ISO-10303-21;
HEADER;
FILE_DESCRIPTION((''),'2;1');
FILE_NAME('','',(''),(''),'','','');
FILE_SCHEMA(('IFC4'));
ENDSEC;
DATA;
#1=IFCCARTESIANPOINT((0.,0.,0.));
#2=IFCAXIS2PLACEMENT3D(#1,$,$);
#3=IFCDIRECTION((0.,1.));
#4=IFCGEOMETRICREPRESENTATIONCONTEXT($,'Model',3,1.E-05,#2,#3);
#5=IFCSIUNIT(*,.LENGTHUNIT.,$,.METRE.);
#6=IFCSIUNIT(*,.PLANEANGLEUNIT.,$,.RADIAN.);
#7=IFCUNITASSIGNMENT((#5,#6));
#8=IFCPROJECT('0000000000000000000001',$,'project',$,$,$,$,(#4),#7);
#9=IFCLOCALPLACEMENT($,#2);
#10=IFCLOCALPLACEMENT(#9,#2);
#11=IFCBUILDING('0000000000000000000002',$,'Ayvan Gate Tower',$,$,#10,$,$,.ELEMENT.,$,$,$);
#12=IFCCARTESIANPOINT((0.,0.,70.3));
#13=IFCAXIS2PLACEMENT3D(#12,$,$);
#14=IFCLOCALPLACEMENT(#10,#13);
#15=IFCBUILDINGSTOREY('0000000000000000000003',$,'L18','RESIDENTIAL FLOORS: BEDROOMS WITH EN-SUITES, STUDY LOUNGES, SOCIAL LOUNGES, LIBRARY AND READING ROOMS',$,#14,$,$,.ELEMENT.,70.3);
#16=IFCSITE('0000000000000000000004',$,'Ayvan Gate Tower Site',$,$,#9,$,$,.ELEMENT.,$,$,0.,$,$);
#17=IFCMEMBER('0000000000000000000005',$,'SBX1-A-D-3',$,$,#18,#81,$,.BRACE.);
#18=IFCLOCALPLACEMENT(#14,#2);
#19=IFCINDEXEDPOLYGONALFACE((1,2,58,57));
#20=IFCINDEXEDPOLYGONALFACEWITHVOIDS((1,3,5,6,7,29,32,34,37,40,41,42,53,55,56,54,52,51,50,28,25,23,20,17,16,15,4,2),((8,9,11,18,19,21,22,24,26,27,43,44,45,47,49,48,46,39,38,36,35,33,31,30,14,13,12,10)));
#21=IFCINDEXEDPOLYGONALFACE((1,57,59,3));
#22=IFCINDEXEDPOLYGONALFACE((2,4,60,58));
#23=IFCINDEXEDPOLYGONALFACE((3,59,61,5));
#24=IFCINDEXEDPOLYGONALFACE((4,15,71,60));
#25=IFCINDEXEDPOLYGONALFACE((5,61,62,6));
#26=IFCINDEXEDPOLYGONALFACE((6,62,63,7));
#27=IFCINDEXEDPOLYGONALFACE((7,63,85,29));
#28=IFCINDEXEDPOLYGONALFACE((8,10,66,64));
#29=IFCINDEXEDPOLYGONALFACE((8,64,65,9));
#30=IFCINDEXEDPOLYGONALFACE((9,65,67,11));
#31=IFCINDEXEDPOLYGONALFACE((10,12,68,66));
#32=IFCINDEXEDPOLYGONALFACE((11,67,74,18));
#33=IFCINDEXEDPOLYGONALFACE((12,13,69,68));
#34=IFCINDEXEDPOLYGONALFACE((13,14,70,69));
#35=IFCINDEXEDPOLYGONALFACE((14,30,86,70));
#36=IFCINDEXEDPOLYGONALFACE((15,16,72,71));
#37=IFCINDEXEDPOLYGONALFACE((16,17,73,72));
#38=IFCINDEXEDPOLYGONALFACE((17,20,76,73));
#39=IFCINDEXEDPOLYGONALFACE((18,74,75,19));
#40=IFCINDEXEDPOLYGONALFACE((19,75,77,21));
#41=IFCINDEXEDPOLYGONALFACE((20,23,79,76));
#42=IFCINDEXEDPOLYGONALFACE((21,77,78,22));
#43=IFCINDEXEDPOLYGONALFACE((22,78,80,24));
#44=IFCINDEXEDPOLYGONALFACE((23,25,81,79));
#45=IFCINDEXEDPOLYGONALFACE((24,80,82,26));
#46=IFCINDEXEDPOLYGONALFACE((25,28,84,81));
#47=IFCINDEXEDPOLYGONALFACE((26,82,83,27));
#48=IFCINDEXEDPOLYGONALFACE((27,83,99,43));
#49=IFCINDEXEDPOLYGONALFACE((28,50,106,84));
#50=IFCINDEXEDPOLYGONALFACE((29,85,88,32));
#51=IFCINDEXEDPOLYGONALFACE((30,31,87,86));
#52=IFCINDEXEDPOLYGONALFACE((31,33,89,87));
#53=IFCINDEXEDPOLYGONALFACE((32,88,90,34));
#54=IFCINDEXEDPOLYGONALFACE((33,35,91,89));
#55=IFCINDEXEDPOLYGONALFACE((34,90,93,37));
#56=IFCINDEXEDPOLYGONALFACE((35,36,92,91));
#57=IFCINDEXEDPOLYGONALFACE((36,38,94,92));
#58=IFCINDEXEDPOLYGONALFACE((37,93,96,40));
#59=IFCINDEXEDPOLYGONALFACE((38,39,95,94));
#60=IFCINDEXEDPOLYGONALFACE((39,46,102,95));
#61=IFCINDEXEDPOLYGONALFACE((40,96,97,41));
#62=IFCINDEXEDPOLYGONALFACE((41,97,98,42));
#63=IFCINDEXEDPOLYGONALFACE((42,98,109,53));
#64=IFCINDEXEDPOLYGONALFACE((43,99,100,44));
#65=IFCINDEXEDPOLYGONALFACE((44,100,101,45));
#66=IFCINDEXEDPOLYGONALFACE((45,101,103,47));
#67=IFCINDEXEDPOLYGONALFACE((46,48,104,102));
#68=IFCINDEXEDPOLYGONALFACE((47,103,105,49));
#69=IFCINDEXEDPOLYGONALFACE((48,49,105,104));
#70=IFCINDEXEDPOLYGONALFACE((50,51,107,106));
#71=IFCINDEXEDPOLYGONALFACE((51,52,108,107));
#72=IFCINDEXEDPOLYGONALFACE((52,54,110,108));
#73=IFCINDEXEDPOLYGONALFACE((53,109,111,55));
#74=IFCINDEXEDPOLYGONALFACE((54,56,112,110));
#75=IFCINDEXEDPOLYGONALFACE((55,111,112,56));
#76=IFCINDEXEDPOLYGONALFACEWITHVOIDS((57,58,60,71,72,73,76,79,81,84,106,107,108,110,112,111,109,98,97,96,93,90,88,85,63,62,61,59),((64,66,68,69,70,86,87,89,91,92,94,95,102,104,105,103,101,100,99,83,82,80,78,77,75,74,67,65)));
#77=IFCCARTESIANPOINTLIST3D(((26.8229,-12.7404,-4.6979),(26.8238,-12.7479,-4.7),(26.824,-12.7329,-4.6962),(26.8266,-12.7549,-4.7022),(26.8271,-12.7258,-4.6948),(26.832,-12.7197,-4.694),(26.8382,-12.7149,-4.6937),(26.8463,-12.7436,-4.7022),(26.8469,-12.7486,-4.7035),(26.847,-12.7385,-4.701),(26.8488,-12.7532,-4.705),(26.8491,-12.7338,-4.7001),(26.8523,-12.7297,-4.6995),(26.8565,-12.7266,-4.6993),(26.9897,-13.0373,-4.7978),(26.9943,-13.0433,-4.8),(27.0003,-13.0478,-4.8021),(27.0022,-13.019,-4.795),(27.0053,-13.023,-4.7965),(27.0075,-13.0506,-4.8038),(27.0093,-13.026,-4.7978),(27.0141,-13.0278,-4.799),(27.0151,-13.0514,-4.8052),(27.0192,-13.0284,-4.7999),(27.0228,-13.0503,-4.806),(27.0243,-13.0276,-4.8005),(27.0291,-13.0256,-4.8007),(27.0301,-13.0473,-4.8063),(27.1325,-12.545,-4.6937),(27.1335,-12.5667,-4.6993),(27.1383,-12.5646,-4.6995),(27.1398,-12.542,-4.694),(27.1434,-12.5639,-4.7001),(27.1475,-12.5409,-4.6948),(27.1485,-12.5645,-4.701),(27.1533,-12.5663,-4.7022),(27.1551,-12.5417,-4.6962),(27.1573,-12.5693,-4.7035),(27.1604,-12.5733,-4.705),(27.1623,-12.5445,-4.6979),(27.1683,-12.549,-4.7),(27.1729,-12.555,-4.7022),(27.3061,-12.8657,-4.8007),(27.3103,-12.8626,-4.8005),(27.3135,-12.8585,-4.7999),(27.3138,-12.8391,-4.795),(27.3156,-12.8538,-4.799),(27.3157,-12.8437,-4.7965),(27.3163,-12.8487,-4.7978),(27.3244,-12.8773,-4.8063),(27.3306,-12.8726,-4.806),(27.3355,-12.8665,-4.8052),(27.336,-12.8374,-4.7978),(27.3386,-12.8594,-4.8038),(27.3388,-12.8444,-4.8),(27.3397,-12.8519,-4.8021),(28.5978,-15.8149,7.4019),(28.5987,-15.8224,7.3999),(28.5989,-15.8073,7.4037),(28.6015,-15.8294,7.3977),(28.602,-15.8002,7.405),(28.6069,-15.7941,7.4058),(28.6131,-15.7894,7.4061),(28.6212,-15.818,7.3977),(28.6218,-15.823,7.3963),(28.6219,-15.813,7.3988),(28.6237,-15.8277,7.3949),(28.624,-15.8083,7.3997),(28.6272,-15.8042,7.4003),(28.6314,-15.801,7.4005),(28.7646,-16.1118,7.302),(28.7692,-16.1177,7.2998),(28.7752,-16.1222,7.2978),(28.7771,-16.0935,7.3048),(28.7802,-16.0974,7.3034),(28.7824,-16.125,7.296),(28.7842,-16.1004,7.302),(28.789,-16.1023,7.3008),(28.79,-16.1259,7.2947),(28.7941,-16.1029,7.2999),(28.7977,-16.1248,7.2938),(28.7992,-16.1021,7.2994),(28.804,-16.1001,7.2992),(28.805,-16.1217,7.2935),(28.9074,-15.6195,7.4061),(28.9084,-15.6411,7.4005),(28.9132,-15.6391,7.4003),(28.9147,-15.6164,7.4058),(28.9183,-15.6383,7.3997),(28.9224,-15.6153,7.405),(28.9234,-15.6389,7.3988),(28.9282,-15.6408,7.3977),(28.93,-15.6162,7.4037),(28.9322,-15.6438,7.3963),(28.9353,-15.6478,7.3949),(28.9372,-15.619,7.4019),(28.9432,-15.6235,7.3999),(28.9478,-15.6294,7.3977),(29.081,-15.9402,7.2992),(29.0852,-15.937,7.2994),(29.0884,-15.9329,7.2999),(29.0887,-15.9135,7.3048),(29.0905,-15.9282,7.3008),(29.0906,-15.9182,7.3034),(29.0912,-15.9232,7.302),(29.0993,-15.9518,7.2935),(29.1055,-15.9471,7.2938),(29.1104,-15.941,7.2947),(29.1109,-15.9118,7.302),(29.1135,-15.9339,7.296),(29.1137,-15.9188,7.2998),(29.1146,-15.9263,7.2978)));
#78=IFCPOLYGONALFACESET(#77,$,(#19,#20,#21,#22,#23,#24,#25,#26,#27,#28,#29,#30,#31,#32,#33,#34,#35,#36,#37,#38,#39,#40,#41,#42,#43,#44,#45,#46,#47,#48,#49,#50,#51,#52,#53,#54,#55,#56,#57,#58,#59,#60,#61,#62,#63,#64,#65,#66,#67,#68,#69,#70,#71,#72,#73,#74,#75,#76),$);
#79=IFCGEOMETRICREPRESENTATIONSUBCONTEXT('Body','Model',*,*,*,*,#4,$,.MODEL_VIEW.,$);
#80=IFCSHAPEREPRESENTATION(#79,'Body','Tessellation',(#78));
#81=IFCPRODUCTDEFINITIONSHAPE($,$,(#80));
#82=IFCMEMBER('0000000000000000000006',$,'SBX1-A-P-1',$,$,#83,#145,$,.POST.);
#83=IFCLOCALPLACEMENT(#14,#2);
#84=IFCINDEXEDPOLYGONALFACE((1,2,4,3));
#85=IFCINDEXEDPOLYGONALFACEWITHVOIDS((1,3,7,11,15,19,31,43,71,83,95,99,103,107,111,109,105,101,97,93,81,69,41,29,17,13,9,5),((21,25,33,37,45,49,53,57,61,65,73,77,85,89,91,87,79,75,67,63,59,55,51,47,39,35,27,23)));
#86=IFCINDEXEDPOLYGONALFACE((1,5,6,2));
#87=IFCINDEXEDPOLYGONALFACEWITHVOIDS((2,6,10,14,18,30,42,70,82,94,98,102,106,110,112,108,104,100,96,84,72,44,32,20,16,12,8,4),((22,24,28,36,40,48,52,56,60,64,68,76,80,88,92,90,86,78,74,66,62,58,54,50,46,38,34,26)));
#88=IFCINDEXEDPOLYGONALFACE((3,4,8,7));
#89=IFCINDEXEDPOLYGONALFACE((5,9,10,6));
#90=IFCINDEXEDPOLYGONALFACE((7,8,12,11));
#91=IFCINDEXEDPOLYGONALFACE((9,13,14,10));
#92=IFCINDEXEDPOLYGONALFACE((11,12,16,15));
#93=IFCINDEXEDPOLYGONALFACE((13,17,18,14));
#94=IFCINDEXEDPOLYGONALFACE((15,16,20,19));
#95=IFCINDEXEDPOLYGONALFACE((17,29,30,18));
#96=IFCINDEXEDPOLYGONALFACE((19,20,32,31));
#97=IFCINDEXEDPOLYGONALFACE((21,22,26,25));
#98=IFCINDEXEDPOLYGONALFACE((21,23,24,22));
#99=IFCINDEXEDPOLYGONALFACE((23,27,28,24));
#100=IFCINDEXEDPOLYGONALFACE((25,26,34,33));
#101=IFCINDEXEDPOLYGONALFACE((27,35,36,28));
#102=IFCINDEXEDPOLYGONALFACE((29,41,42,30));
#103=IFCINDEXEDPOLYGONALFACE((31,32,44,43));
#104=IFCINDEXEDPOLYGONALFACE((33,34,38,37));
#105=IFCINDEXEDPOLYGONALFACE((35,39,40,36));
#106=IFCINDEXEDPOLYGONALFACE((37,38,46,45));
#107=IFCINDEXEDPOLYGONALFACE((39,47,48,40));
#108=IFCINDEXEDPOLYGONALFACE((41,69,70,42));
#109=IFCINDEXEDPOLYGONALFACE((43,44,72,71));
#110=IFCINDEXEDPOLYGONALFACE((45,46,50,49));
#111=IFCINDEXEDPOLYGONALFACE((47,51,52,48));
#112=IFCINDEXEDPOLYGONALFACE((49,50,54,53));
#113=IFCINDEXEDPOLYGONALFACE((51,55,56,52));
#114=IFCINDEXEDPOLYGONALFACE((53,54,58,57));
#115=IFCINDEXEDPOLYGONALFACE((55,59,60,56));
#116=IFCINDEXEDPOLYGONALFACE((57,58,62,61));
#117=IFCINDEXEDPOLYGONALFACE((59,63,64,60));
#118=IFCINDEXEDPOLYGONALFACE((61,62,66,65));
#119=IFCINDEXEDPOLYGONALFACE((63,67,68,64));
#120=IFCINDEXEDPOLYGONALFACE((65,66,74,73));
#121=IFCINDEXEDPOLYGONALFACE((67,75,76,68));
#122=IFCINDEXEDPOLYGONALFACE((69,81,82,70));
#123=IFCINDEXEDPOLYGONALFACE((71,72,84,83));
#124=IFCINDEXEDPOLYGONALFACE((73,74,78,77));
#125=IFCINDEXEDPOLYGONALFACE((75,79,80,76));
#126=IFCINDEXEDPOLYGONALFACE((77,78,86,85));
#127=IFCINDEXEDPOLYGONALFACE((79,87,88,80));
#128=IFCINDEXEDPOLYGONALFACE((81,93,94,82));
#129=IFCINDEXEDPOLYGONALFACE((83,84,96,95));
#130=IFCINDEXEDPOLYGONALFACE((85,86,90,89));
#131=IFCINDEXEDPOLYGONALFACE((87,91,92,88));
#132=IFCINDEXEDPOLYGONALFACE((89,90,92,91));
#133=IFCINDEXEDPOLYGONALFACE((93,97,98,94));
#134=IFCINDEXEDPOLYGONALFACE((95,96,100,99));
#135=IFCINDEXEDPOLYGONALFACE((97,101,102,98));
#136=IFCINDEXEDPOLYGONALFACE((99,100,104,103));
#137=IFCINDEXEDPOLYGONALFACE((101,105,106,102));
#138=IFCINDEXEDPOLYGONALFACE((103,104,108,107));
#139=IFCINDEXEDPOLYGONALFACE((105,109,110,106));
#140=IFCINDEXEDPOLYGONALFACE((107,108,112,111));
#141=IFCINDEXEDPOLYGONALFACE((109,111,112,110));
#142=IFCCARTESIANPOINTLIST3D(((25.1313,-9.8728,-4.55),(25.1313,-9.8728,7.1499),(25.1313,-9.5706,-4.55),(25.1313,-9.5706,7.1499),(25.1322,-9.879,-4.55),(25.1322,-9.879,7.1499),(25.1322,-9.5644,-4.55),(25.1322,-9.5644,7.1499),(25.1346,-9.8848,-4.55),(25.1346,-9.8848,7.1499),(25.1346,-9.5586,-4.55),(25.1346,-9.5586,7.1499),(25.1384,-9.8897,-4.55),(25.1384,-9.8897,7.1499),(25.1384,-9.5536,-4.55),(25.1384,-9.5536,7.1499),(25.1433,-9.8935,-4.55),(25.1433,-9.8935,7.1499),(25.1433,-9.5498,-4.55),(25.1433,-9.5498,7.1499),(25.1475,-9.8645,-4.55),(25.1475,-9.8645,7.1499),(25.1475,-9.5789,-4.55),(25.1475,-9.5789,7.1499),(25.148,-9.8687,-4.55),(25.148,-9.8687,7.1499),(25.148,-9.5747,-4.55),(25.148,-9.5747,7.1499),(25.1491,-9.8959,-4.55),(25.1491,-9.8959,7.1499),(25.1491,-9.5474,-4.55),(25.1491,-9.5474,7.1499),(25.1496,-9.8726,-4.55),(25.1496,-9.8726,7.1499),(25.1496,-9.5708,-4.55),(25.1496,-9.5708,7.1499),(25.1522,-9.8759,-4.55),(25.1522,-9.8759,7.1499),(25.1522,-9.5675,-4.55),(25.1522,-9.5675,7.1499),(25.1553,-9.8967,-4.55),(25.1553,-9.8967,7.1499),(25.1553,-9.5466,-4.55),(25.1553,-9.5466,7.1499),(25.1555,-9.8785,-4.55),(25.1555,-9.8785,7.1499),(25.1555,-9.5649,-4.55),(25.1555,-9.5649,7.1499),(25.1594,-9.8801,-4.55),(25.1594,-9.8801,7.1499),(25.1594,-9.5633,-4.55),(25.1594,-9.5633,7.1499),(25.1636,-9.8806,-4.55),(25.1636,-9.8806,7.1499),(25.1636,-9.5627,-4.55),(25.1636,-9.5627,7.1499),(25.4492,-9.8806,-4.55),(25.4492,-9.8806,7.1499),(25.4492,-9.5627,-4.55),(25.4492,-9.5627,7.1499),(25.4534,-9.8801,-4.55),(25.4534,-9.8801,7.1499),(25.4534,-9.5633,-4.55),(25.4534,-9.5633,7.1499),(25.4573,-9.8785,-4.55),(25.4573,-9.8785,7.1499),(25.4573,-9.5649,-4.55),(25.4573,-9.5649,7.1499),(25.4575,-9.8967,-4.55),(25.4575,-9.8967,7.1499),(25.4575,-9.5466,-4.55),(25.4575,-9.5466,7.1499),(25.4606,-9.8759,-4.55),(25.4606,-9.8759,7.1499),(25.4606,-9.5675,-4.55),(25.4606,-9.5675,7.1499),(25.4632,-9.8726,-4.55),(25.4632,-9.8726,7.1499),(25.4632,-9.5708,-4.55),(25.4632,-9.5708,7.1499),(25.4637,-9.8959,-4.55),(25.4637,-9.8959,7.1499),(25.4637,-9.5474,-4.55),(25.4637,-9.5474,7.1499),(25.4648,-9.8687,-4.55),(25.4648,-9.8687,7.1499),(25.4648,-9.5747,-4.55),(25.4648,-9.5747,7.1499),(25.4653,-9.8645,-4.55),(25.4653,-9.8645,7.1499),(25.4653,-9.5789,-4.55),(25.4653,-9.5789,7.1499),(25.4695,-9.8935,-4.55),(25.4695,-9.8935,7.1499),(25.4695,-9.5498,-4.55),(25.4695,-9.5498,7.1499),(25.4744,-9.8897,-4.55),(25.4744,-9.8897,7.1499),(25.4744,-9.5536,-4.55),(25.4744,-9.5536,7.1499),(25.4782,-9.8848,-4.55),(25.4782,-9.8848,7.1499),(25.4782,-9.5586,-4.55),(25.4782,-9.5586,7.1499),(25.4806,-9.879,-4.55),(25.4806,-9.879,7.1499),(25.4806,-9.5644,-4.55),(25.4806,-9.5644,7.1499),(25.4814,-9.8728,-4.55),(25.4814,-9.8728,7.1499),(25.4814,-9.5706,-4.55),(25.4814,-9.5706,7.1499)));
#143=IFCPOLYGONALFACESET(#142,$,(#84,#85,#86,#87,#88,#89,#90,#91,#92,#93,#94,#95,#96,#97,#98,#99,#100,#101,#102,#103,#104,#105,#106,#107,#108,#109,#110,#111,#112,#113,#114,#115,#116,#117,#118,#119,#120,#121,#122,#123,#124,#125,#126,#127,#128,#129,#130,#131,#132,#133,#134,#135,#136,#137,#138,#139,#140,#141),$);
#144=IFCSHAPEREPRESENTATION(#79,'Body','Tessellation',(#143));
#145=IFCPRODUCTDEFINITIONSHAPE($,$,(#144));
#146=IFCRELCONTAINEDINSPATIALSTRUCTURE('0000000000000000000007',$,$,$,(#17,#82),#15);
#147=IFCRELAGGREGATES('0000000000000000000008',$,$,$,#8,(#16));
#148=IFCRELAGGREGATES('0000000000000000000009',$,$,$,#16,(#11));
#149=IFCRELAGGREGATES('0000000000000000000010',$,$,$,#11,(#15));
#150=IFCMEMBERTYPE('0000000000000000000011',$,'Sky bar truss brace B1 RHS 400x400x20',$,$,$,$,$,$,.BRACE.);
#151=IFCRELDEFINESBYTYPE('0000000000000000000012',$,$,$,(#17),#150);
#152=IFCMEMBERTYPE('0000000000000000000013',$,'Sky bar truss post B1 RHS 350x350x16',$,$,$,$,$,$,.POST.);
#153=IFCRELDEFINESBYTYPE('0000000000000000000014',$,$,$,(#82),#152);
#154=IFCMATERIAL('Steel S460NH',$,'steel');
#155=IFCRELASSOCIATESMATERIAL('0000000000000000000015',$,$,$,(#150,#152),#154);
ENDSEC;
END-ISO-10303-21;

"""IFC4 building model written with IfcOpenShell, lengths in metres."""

from ifc_helpers import new_model, si_unit, direction, frame, origin, origin_2d, place, context, subcontext, project, spatial, hollow_rectangle, extrude, material, material_profile, profile_set, type_object, element, save


model = new_model("IFC4")

# Units and contexts
model_context = context("Model", 3, precision=1e-05, world=origin(), true_north=direction((0.0, 1.0)))
body_context = subcontext(model_context, "Body", "Model", "MODEL_VIEW")
ifc_project = project(units=[si_unit("LENGTHUNIT", "METRE"), si_unit("PLANEANGLEUNIT", "RADIAN")], contexts=[model_context])

# Site, building, storey
site_placement = place(None, origin())
site = spatial("IfcSite", under=ifc_project, at=site_placement, Name="Ayvan Gate Tower Site", CompositionType="ELEMENT", RefElevation=0.0)
building_placement = place(site_placement, origin())
building = spatial("IfcBuilding", under=site, at=building_placement, Name="Ayvan Gate Tower", CompositionType="ELEMENT")
storey_placement = place(building_placement, frame((0.0, 0.0, 70.3)))
storey = spatial("IfcBuildingStorey", under=building, at=storey_placement, Name="L18", Description="RESIDENTIAL FLOORS: BEDROOMS WITH EN-SUITES, STUDY LOUNGES, SOCIAL LOUNGES, LIBRARY AND READING ROOMS", CompositionType="ELEMENT", Elevation=70.3)

# Members
ifc_material_1 = material(Name="Steel S460NH", Category="steel")
ifc_material_profile_1 = material_profile(ifc_material_1, hollow_rectangle(XDim=0.3999, YDim=0.3999, WallThickness=0.02, InnerFilletRadius=0.02, OuterFilletRadius=0.03, at=origin_2d()), Name="RHS 400x400x20")
ifc_profile_set_1 = profile_set([ifc_material_profile_1], Name="Steel S460NH")
member_type_1 = type_object("IfcMemberType", Name="Sky bar truss brace B1 RHS 400x400x20", PredefinedType="BRACE", material=ifc_profile_set_1)
for number, where, z_axis, x_axis, name in (
    (1, (27.0813, -12.7961, -4.75), (0.140755, -0.243814, 0.959553), (0.866042, 0.49997, 0.0), "SBX1-A-D-3"),
):
    element("IfcMember", number, at=place(storey_placement, frame(where, z_axis=z_axis, x_axis=x_axis)), inside=storey, type_object=member_type_1, Name=name, PredefinedType="BRACE", context=body_context, shape_type="SweptSolid", body=[
        extrude(hollow_rectangle(XDim=0.3999, YDim=0.3999, WallThickness=0.02, InnerFilletRadius=0.02, OuterFilletRadius=0.03, at=origin_2d()), origin(), (0.0, 0.0, 1.0), 12.6099),
    ])
ifc_material_profile_2 = material_profile(ifc_material_1, hollow_rectangle(XDim=0.3501, YDim=0.3501, WallThickness=0.0161, InnerFilletRadius=0.0161, OuterFilletRadius=0.0239, at=origin_2d()), Name="RHS 350x350x16")
ifc_profile_set_2 = profile_set([ifc_material_profile_2], Name="Steel S460NH")
member_type_2 = type_object("IfcMemberType", Name="Sky bar truss post B1 RHS 350x350x16", PredefinedType="POST", material=ifc_profile_set_2)
for number, where, z_axis, x_axis, name in (
    (2, (25.3064, -9.7217, -4.55), (0.0, 0.0, 1.0), (1.0, 0.0, 0.0), "SBX1-A-P-1"),
):
    element("IfcMember", number, at=place(storey_placement, frame(where, z_axis=z_axis, x_axis=x_axis)), inside=storey, type_object=member_type_2, Name=name, PredefinedType="POST", context=body_context, shape_type="SweptSolid", body=[
        extrude(hollow_rectangle(XDim=0.3501, YDim=0.3501, WallThickness=0.0161, InnerFilletRadius=0.0161, OuterFilletRadius=0.0239, at=origin_2d()), origin(), (0.0, 0.0, 1.0), 11.7),
    ])

save(model, "model.ifc")
